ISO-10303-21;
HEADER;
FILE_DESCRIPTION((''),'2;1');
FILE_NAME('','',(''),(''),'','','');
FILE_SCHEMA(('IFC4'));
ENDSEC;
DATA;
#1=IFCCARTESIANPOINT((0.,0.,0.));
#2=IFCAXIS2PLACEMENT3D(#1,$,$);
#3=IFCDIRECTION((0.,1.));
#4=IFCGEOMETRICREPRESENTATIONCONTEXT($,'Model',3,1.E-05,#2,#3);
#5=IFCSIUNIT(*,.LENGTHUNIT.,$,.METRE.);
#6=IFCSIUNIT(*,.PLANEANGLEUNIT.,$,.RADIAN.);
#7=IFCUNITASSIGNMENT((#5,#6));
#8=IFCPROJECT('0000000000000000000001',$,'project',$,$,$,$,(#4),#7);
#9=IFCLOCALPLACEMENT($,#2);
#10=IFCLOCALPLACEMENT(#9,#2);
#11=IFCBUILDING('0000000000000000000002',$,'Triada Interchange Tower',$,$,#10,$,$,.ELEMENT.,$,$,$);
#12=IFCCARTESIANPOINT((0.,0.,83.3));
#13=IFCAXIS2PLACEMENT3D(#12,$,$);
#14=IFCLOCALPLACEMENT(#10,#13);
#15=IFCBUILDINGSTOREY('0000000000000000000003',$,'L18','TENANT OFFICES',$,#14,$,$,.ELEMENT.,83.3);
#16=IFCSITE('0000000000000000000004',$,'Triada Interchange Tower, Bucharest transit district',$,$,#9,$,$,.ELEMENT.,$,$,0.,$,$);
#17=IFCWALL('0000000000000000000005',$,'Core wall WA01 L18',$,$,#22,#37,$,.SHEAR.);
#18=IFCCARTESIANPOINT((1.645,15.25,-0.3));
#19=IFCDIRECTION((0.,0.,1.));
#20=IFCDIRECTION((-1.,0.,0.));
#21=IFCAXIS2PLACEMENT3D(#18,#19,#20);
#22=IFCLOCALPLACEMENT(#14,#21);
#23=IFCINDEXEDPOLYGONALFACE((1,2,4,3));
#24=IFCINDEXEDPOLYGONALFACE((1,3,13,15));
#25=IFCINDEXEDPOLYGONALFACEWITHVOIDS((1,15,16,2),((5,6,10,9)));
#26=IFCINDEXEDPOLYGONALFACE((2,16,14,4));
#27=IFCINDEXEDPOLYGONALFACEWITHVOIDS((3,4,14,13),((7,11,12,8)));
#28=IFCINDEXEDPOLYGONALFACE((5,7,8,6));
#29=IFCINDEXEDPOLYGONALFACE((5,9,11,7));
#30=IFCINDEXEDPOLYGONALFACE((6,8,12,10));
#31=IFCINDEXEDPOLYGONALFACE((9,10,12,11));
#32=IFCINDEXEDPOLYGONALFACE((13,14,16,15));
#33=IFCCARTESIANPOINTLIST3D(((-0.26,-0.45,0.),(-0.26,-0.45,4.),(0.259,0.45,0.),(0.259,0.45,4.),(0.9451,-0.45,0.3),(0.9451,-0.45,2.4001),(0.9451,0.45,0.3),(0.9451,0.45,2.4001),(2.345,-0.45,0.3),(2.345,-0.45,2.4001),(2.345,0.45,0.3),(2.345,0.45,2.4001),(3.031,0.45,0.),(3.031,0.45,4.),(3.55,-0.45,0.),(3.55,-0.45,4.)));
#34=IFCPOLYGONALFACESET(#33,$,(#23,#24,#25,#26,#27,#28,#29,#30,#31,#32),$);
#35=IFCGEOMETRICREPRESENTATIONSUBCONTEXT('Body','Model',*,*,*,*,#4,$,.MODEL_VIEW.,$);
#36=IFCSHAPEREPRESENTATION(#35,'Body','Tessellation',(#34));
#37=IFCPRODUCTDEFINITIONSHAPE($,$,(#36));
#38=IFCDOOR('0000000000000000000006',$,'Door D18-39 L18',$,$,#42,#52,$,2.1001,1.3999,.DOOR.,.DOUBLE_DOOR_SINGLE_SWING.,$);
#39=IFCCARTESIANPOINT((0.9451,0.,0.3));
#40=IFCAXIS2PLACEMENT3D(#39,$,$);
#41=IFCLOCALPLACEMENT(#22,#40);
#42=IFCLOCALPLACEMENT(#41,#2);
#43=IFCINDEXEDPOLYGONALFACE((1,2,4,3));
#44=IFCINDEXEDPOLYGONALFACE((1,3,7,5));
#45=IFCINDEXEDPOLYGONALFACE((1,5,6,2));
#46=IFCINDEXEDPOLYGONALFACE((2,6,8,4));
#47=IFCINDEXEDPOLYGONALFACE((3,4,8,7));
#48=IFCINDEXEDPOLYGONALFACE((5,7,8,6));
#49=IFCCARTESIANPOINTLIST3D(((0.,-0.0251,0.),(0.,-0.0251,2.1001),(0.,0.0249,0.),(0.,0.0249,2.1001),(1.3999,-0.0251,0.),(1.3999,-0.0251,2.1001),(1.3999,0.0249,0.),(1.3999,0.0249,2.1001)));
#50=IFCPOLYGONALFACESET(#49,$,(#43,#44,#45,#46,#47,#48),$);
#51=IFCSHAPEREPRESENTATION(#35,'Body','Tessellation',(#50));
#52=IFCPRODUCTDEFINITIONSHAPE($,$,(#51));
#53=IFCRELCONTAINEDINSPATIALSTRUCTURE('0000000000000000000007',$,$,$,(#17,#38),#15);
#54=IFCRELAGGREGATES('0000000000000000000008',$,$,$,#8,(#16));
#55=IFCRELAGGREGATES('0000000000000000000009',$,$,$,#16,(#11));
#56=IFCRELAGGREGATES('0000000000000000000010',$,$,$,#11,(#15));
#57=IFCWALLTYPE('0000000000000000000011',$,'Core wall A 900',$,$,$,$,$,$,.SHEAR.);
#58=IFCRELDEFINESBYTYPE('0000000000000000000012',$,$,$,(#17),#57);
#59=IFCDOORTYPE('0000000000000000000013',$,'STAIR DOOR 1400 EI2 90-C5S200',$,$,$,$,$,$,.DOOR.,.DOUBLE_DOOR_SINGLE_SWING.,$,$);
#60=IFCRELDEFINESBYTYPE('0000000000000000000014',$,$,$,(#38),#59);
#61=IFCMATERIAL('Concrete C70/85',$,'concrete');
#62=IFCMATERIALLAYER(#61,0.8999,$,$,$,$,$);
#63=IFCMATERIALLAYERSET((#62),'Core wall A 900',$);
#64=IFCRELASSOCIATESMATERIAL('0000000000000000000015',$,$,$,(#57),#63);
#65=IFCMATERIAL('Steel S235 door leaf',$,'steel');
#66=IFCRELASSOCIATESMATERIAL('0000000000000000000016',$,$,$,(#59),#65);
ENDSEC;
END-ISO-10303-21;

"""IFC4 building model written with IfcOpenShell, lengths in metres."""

from ifc_helpers import new_model, si_unit, direction, frame, frame_2d, origin, place, context, subcontext, project, spatial, polyline, rectangle, outline, extrude, material, layer, layer_set, type_object, element, fill, save


model = new_model("IFC4")

# Units and contexts
model_context = context("Model", 3, precision=1e-05, world=origin(), true_north=direction((0.0, 1.0)))
body_context = subcontext(model_context, "Body", "Model", "MODEL_VIEW")
ifc_project = project(units=[si_unit("LENGTHUNIT", "METRE"), si_unit("PLANEANGLEUNIT", "RADIAN")], contexts=[model_context])

# Site, building, storey
site_placement = place(None, origin())
site = spatial("IfcSite", under=ifc_project, at=site_placement, Name="Triada Interchange Tower, Bucharest transit district", CompositionType="ELEMENT", RefElevation=0.0)
building_placement = place(site_placement, origin())
building = spatial("IfcBuilding", under=site, at=building_placement, Name="Triada Interchange Tower", CompositionType="ELEMENT")
storey_placement = place(building_placement, frame((0.0, 0.0, 83.3)))
storey = spatial("IfcBuildingStorey", under=building, at=storey_placement, Name="L18", Description="TENANT OFFICES", CompositionType="ELEMENT", Elevation=83.3)

# Shared definitions
ifc_material_1 = material(Name="Concrete C70/85", Category="concrete")

# Wall, opening, door
ifc_layer_1 = layer(ifc_material_1, 0.8999)
ifc_layer_set_1 = layer_set([ifc_layer_1], Name="Core wall A 900")
wall_type_1 = type_object("IfcWallType", Name="Core wall A 900", PredefinedType="SHEAR", material=ifc_layer_set_1)
wall_1_placement = place(storey_placement, frame((1.645, 15.25, -0.3), z_axis=(0.0, 0.0, 1.0), x_axis=(-1.0, 0.0, 0.0)))
wall_1 = element("IfcWall", 1, at=wall_1_placement, inside=storey, type_object=wall_type_1, Name="Core wall WA01 L18", PredefinedType="SHEAR", context=body_context, shape_type="SweptSolid", body=[
    extrude(outline(polyline([(-0.26, -0.45), (1.645, -0.45), (3.55, -0.45), (3.031, 0.45), (1.645, 0.45), (0.259, 0.45), (-0.26, -0.45)])), origin(), (0.0, 0.0, 1.0), 4.0),
])
opening_1_placement = place(wall_1_placement, frame((0.9451, 0.0, 0.3)))
opening_1 = element("IfcOpeningElement", 2, at=opening_1_placement, cuts=wall_1, PredefinedType="OPENING", context=body_context, shape_type="SweptSolid", body=[
    extrude(rectangle(XDim=1.3999, YDim=2.1001, at=frame_2d((0.7, 1.05))), frame((0.0, 0.46, 0.0), z_axis=(0.0, -1.0, 0.0), x_axis=(1.0, 0.0, 0.0)), (0.0, 0.0, 1.0), 0.9199),
])
ifc_material_2 = material(Name="Steel S235 door leaf", Category="steel")
door_type_1 = type_object("IfcDoorType", Name="STAIR DOOR 1400 EI2 90-C5S200", OperationType="DOUBLE_DOOR_SINGLE_SWING", PredefinedType="DOOR", material=ifc_material_2)
door_1_placement = place(opening_1_placement, origin())
door_1 = element("IfcDoor", 3, at=door_1_placement, inside=storey, type_object=door_type_1, Name="Door D18-39 L18", OperationType="DOUBLE_DOOR_SINGLE_SWING", OverallHeight=2.1001, OverallWidth=1.3999, PredefinedType="DOOR", context=body_context, shape_type="SweptSolid", body=[
    extrude(rectangle(XDim=1.3999, YDim=2.1001, at=frame_2d((0.7, 1.05))), frame((0.0, 0.0249, 0.0), z_axis=(0.0, -1.0, 0.0), x_axis=(1.0, 0.0, 0.0)), (0.0, 0.0, 1.0), 0.05),
])
fill(opening_1, door_1)

save(model, "model.ifc")
